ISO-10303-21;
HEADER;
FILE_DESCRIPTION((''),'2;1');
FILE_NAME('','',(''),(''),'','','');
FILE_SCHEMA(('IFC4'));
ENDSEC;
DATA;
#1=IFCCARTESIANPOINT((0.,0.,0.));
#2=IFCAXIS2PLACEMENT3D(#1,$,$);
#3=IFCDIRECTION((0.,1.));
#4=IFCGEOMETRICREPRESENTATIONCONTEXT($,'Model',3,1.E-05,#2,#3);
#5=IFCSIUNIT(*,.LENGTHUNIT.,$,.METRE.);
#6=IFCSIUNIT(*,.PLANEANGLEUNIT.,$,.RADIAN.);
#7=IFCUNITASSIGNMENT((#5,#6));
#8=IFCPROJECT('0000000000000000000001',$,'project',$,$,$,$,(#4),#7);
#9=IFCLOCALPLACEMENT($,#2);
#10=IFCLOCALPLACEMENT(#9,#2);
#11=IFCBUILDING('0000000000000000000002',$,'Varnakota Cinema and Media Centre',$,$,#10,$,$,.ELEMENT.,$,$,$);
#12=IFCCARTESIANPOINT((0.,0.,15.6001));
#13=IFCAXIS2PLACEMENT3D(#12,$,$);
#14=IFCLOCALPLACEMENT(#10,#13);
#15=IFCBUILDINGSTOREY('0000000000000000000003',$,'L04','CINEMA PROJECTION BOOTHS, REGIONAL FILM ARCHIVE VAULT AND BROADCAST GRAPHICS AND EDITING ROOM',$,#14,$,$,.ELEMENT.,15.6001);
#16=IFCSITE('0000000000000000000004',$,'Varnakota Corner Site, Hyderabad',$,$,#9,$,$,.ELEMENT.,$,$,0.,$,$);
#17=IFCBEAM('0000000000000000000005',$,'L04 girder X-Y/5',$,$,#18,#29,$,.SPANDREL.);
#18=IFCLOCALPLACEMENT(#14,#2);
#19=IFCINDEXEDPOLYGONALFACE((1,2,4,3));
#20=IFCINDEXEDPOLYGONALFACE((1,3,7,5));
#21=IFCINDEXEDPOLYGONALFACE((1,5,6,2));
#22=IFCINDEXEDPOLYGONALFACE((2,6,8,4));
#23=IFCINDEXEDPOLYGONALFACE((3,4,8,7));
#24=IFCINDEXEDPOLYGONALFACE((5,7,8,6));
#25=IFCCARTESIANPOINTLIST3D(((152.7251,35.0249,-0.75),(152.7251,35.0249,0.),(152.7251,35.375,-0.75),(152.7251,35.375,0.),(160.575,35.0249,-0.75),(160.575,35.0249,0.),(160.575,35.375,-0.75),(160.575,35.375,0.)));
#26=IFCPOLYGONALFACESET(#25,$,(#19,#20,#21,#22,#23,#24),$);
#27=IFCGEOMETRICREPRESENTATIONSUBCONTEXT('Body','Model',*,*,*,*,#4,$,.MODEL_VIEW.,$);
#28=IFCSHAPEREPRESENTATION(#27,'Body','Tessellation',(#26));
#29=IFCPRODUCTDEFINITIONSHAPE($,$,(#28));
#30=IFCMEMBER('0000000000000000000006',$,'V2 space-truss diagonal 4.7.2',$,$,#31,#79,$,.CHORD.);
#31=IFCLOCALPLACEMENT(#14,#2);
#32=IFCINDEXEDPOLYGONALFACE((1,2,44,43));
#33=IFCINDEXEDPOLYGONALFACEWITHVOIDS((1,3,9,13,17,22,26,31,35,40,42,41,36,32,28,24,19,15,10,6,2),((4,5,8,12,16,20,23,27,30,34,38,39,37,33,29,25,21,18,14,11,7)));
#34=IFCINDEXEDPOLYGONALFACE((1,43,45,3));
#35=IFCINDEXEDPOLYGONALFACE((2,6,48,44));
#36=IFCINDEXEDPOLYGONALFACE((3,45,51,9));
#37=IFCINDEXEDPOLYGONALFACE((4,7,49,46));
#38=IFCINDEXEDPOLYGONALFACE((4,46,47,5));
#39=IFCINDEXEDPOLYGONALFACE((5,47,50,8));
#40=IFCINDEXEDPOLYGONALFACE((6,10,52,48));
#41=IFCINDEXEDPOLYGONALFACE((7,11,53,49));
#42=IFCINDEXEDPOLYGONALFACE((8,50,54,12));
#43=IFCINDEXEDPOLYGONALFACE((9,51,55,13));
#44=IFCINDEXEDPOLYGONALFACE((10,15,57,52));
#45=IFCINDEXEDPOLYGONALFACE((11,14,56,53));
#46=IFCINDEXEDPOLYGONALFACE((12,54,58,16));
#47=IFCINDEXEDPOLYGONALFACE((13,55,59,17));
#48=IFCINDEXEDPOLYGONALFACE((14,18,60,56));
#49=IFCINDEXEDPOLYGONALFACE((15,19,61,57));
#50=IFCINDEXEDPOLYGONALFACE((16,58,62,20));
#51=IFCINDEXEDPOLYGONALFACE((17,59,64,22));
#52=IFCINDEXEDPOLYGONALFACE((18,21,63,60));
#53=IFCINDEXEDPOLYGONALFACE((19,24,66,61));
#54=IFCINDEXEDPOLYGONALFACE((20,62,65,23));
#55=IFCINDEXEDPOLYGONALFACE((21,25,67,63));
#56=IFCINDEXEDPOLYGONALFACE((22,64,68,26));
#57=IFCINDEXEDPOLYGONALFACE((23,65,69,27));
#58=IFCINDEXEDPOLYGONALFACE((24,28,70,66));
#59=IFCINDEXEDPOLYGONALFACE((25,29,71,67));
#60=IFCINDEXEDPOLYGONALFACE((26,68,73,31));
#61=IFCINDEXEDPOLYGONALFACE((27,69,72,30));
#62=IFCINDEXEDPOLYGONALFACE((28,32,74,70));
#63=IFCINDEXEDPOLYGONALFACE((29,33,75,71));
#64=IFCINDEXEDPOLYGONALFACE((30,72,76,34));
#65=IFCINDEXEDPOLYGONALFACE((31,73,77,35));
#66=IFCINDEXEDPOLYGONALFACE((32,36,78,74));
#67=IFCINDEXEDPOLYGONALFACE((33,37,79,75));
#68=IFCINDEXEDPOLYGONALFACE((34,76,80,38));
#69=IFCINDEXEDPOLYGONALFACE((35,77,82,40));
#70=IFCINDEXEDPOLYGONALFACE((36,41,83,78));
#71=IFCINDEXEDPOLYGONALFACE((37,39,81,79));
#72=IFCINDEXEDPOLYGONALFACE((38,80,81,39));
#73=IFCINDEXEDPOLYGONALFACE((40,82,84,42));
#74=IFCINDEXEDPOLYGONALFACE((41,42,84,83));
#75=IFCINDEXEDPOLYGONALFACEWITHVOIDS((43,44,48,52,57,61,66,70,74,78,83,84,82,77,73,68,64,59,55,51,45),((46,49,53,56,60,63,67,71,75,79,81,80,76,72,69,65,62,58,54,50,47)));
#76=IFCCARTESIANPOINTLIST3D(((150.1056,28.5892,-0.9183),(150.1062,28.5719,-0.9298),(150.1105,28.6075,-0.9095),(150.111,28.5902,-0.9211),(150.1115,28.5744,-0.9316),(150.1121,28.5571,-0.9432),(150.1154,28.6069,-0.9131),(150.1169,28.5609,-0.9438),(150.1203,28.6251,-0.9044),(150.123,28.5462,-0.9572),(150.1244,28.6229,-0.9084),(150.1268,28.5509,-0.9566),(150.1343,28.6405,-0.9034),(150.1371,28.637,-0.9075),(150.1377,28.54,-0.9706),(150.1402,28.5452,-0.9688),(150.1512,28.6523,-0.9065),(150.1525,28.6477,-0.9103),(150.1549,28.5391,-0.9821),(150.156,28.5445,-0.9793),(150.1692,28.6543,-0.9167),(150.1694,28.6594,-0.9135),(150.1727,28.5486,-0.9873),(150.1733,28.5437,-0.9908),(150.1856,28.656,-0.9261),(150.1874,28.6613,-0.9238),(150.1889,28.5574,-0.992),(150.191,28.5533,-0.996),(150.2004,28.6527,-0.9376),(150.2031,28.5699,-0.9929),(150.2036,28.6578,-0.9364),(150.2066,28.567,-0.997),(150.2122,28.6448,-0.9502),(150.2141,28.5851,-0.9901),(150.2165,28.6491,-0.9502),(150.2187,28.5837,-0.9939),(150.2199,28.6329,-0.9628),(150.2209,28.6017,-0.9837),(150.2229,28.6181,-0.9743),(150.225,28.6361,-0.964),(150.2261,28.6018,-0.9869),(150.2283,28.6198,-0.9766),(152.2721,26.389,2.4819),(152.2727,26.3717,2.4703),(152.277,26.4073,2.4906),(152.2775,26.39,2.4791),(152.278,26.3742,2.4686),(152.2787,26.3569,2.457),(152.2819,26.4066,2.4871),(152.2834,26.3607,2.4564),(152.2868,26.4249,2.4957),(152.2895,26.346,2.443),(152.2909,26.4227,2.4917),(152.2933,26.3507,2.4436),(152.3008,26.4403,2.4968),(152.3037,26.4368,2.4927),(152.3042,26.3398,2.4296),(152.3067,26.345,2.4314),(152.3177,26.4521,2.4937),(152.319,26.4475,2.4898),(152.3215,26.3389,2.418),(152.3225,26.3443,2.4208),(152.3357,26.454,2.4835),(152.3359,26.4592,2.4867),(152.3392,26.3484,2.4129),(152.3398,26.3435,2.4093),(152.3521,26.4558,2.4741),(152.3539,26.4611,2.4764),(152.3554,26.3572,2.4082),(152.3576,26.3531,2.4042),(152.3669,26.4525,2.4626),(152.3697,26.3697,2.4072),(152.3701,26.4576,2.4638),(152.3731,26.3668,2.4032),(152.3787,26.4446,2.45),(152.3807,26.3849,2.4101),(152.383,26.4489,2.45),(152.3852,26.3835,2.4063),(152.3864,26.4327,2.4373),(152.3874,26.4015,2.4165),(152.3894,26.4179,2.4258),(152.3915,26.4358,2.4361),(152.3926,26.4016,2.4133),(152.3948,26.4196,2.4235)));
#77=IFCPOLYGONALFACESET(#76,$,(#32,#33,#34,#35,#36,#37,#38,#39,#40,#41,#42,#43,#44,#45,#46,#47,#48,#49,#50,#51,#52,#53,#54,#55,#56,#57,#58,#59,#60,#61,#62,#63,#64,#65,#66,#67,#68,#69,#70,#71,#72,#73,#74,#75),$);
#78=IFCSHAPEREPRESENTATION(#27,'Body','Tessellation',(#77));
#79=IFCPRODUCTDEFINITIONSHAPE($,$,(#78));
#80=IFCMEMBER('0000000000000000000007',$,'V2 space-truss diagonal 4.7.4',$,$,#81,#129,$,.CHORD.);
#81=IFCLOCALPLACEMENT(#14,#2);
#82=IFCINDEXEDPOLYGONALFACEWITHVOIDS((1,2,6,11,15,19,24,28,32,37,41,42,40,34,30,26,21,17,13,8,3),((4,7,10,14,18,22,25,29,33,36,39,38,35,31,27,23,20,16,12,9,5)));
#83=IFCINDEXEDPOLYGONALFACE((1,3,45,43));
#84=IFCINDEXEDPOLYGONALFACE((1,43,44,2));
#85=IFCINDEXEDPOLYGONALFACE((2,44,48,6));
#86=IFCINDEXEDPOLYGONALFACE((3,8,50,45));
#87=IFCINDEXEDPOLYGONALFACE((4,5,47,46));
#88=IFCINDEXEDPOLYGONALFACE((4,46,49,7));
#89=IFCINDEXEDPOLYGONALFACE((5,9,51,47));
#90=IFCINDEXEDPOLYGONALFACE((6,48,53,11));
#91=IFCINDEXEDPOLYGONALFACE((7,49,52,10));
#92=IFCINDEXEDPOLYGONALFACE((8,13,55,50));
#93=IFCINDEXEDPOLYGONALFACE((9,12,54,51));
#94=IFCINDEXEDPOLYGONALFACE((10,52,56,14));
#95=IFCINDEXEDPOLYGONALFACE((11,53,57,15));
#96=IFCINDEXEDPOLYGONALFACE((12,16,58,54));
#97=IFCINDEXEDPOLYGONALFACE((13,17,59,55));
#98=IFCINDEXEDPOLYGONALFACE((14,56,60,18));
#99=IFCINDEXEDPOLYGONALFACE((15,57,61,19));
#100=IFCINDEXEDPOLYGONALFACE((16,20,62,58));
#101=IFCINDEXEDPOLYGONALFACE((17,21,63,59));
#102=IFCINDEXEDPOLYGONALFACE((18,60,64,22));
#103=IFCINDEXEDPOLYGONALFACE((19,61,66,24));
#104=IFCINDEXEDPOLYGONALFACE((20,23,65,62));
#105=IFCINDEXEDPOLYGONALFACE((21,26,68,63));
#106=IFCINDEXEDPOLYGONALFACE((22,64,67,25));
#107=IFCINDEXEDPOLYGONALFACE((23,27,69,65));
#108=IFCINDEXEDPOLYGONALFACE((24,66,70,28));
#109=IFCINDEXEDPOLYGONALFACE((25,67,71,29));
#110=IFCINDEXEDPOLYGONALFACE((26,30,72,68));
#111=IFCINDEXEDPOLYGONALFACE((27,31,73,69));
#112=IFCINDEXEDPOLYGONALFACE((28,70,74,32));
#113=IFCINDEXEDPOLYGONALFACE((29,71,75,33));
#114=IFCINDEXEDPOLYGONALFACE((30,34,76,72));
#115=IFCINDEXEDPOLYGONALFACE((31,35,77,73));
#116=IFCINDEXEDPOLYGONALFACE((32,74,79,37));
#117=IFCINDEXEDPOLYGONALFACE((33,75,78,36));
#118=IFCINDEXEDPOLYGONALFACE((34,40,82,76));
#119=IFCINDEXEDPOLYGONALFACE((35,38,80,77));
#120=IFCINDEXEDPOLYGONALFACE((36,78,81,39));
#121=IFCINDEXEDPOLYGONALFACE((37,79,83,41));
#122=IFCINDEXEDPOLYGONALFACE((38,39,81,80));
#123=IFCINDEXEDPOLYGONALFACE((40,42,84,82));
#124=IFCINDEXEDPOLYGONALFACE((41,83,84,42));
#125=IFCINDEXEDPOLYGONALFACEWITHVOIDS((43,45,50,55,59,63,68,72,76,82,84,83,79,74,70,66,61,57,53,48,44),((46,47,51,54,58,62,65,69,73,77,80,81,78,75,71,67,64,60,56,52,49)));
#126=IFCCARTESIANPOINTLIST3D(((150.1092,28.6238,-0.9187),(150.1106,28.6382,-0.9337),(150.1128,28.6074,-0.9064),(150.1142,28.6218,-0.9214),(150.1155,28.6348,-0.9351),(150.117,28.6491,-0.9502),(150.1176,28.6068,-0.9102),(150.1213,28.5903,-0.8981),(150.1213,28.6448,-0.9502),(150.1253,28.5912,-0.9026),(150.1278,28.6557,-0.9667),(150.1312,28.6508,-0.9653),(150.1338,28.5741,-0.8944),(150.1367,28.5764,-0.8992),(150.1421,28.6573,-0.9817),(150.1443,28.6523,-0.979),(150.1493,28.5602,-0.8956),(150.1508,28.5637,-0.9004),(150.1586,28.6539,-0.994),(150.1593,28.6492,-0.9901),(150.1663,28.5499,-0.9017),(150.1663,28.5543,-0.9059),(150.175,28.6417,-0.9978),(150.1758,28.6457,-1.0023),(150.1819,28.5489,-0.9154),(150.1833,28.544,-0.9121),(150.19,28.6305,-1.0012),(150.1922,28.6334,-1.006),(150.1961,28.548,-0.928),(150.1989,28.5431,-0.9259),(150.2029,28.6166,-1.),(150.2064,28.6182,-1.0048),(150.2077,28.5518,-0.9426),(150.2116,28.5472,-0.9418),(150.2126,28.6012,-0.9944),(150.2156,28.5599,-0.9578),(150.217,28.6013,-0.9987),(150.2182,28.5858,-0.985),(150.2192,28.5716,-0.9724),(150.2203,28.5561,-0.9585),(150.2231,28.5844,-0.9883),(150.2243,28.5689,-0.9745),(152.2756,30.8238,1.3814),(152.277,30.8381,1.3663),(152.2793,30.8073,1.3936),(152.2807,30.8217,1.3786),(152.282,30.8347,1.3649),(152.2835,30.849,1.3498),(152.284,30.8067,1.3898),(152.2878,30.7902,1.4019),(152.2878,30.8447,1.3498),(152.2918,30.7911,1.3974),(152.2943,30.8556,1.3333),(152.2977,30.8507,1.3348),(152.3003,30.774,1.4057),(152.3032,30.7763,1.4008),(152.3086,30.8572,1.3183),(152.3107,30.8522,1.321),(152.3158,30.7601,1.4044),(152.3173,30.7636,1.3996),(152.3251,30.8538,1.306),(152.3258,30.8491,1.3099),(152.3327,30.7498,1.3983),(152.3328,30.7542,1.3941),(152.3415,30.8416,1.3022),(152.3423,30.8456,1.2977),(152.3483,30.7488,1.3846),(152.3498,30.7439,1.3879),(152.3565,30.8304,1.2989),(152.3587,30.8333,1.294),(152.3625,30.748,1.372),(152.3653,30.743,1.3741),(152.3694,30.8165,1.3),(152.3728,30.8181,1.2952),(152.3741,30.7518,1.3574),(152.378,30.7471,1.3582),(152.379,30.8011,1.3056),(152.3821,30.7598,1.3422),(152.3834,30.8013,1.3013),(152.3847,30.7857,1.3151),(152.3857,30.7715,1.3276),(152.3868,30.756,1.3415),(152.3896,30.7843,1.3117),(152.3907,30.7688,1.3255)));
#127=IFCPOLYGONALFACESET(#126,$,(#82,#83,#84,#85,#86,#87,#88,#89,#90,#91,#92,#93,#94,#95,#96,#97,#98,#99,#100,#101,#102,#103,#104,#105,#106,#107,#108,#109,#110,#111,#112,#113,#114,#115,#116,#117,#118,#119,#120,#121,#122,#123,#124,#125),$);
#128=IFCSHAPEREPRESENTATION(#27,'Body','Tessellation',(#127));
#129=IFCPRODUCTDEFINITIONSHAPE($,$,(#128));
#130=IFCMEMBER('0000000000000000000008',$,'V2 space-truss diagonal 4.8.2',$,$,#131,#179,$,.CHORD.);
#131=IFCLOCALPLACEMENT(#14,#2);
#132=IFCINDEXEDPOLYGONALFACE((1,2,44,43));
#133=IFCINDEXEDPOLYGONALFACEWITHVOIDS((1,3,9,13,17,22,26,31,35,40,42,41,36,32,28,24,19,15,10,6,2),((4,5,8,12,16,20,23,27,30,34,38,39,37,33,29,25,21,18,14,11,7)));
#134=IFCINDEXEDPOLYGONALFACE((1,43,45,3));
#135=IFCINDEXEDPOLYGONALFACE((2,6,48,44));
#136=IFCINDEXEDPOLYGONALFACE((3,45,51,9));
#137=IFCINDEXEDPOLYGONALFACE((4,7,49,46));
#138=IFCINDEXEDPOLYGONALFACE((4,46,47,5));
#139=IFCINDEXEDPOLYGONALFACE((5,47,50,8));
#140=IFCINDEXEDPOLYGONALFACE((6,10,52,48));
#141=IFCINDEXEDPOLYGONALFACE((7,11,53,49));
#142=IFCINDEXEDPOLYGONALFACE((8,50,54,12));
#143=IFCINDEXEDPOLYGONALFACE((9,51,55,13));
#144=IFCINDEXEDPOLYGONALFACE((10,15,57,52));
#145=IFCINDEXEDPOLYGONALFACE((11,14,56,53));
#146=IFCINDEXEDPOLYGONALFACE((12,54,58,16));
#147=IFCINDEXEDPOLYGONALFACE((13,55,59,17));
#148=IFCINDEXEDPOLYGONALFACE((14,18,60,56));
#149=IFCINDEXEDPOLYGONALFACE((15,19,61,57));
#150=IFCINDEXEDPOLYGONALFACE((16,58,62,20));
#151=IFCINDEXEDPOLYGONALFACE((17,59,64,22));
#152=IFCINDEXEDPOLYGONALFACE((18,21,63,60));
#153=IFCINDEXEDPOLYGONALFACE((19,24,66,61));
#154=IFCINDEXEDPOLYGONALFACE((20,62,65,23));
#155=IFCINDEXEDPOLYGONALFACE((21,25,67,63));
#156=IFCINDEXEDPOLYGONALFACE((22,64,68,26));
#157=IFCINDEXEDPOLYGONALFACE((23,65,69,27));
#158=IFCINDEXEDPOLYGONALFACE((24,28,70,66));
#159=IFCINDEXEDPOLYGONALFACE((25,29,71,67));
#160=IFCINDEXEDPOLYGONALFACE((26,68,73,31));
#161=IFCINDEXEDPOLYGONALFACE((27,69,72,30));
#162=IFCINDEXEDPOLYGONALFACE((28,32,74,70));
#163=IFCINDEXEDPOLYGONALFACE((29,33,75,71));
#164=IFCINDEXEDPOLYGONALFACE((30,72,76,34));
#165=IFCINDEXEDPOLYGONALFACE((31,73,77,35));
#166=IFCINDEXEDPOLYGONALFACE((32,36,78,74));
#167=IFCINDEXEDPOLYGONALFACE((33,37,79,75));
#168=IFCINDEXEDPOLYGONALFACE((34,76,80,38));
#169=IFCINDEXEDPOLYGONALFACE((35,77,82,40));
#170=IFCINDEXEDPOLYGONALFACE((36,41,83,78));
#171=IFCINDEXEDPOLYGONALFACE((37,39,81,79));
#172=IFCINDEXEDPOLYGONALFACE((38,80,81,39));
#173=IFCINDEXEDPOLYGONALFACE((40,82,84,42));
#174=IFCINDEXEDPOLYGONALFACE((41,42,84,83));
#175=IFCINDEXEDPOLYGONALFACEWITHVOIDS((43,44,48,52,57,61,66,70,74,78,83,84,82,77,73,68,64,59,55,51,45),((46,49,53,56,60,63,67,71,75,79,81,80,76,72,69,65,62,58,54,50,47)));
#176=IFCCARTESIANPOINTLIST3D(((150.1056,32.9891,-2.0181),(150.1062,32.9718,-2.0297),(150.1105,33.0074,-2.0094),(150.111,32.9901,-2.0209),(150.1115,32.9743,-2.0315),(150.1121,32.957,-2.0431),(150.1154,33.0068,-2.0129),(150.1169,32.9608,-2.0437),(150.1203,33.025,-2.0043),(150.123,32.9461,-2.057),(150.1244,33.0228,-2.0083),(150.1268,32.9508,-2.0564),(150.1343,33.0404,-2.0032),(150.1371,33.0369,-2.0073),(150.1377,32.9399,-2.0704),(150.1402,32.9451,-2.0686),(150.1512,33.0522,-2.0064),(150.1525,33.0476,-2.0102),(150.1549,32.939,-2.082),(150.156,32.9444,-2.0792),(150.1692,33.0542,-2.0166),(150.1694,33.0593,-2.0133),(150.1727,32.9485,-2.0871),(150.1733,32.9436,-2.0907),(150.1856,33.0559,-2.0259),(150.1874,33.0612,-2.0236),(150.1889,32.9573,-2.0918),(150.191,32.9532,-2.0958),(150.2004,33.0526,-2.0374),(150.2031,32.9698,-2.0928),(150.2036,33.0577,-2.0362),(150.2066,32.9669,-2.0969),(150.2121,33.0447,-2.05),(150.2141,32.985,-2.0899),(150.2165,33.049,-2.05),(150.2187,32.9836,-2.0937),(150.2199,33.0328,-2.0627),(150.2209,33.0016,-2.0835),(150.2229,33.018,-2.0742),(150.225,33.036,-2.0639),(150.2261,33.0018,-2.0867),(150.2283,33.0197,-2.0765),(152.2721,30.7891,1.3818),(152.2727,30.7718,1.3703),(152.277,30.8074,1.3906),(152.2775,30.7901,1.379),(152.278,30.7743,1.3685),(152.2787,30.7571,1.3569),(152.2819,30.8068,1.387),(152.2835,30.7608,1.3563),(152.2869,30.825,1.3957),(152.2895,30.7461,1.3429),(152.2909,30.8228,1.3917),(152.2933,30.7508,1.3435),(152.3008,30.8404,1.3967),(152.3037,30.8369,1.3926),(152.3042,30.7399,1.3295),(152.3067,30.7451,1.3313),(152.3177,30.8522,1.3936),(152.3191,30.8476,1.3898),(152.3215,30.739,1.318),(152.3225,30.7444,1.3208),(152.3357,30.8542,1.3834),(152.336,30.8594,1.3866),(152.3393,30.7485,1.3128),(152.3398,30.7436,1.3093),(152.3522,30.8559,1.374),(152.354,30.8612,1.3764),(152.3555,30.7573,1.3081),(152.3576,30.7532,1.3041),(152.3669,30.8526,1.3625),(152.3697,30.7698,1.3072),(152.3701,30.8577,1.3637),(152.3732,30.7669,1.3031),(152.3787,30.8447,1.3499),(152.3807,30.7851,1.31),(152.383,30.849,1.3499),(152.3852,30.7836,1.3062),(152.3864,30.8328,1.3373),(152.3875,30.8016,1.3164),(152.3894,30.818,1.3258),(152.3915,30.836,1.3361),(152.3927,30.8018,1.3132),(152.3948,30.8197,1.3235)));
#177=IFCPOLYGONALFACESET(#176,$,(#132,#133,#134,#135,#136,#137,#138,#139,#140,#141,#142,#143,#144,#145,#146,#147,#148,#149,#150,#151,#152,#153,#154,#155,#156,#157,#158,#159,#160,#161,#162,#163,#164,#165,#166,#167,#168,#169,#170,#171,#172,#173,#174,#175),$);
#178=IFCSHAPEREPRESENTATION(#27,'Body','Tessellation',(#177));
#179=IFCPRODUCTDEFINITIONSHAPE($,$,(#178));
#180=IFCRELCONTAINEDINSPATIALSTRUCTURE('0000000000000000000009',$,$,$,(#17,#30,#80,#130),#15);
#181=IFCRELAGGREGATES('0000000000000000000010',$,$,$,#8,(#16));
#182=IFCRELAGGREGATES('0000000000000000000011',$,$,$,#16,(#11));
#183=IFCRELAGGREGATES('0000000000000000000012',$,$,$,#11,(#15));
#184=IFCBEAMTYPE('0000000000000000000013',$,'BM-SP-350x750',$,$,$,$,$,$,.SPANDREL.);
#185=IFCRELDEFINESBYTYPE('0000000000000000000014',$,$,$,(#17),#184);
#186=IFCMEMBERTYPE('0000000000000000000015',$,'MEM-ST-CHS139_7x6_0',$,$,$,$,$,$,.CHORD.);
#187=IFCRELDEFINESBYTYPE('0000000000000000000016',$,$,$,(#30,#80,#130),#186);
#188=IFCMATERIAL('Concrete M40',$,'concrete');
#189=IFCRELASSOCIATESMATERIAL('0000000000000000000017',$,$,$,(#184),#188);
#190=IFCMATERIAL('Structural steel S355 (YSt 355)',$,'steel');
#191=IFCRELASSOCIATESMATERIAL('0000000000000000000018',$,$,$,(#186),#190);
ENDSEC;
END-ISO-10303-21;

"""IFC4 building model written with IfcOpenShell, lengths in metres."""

from ifc_helpers import new_model, si_unit, direction, frame, origin, origin_2d, place, context, subcontext, project, spatial, rectangle, hollow_circle, extrude, material, material_profile, profile_set, type_object, element, save


model = new_model("IFC4")

# Units and contexts
model_context = context("Model", 3, precision=1e-05, world=origin(), true_north=direction((0.0, 1.0)))
body_context = subcontext(model_context, "Body", "Model", "MODEL_VIEW")
ifc_project = project(units=[si_unit("LENGTHUNIT", "METRE"), si_unit("PLANEANGLEUNIT", "RADIAN")], contexts=[model_context])

# Site, building, storey
site_placement = place(None, origin())
site = spatial("IfcSite", under=ifc_project, at=site_placement, Name="Varnakota Corner Site, Hyderabad", CompositionType="ELEMENT", RefElevation=0.0)
building_placement = place(site_placement, origin())
building = spatial("IfcBuilding", under=site, at=building_placement, Name="Varnakota Cinema and Media Centre", CompositionType="ELEMENT")
storey_placement = place(building_placement, frame((0.0, 0.0, 15.6001)))
storey = spatial("IfcBuildingStorey", under=building, at=storey_placement, Name="L04", Description="CINEMA PROJECTION BOOTHS, REGIONAL FILM ARCHIVE VAULT AND BROADCAST GRAPHICS AND EDITING ROOM", CompositionType="ELEMENT", Elevation=15.6001)

# Beam
ifc_material_1 = material(Name="Concrete M40", Category="concrete")
ifc_material_profile_1 = material_profile(ifc_material_1, rectangle(XDim=0.3501, YDim=0.75, at=origin_2d()), Name="RCB 350x750")
ifc_profile_set_1 = profile_set([ifc_material_profile_1], Name="Concrete M40")
beam_type = type_object("IfcBeamType", Name="BM-SP-350x750", PredefinedType="SPANDREL", material=ifc_profile_set_1)
beam_placement = place(storey_placement, frame((152.7251, 35.2, -0.375), z_axis=(1.0, 0.0, 0.0), x_axis=(0.0, 1.0, 0.0)))
element("IfcBeam", 1, at=beam_placement, inside=storey, type_object=beam_type, Name="L04 girder X-Y/5", PredefinedType="SPANDREL", context=body_context, shape_type="SweptSolid", body=[
    extrude(rectangle(XDim=0.3501, YDim=0.75, at=origin_2d()), origin(), (0.0, 0.0, 1.0), 7.8499),
])

# Members
ifc_material_2 = material(Name="Structural steel S355 (YSt 355)", Category="steel")
ifc_material_profile_2 = material_profile(ifc_material_2, hollow_circle(Radius=0.0698, WallThickness=0.0061, at=origin_2d()), Name="CHS 139.7x6.0")
ifc_profile_set_2 = profile_set([ifc_material_profile_2], Name="Structural steel S355 (YSt 355)")
member_type_1 = type_object("IfcMemberType", Name="MEM-ST-CHS139_7x6_0", PredefinedType="CHORD", material=ifc_profile_set_2)
member_1_placement = place(storey_placement, frame((150.1667, 28.6001, -0.9502), z_axis=(0.471698, -0.479033, 0.74029), x_axis=(0.712541, 0.70163, 0.0)))
element("IfcMember", 2, at=member_1_placement, inside=storey, type_object=member_type_1, Name="V2 space-truss diagonal 4.7.2", PredefinedType="CHORD", context=body_context, shape_type="SweptSolid", body=[
    extrude(hollow_circle(Radius=0.0698, WallThickness=0.0061, at=origin_2d()), origin(), (0.0, 0.0, 1.0), 4.593),
])
member_2_placement = place(storey_placement, frame((150.1667, 28.6001, -0.9502), z_axis=(0.562705, 0.571392, 0.59739), x_axis=(-0.712502, 0.70167, 0.0)))
element("IfcMember", 3, at=member_2_placement, inside=storey, type_object=member_type_1, Name="V2 space-truss diagonal 4.7.4", PredefinedType="CHORD", context=body_context, shape_type="SweptSolid", body=[
    extrude(hollow_circle(Radius=0.0698, WallThickness=0.0061, at=origin_2d()), origin(), (0.0, 0.0, 1.0), 3.8501),
])
member_3_placement = place(storey_placement, frame((150.1667, 33.0, -2.05), z_axis=(0.471728, -0.479011, 0.740285), x_axis=(0.712502, 0.70167, 0.0)))
element("IfcMember", 4, at=member_3_placement, inside=storey, type_object=member_type_1, Name="V2 space-truss diagonal 4.8.2", PredefinedType="CHORD", context=body_context, shape_type="SweptSolid", body=[
    extrude(hollow_circle(Radius=0.0698, WallThickness=0.0061, at=origin_2d()), origin(), (0.0, 0.0, 1.0), 4.5928),
])

save(model, "model.ifc")
